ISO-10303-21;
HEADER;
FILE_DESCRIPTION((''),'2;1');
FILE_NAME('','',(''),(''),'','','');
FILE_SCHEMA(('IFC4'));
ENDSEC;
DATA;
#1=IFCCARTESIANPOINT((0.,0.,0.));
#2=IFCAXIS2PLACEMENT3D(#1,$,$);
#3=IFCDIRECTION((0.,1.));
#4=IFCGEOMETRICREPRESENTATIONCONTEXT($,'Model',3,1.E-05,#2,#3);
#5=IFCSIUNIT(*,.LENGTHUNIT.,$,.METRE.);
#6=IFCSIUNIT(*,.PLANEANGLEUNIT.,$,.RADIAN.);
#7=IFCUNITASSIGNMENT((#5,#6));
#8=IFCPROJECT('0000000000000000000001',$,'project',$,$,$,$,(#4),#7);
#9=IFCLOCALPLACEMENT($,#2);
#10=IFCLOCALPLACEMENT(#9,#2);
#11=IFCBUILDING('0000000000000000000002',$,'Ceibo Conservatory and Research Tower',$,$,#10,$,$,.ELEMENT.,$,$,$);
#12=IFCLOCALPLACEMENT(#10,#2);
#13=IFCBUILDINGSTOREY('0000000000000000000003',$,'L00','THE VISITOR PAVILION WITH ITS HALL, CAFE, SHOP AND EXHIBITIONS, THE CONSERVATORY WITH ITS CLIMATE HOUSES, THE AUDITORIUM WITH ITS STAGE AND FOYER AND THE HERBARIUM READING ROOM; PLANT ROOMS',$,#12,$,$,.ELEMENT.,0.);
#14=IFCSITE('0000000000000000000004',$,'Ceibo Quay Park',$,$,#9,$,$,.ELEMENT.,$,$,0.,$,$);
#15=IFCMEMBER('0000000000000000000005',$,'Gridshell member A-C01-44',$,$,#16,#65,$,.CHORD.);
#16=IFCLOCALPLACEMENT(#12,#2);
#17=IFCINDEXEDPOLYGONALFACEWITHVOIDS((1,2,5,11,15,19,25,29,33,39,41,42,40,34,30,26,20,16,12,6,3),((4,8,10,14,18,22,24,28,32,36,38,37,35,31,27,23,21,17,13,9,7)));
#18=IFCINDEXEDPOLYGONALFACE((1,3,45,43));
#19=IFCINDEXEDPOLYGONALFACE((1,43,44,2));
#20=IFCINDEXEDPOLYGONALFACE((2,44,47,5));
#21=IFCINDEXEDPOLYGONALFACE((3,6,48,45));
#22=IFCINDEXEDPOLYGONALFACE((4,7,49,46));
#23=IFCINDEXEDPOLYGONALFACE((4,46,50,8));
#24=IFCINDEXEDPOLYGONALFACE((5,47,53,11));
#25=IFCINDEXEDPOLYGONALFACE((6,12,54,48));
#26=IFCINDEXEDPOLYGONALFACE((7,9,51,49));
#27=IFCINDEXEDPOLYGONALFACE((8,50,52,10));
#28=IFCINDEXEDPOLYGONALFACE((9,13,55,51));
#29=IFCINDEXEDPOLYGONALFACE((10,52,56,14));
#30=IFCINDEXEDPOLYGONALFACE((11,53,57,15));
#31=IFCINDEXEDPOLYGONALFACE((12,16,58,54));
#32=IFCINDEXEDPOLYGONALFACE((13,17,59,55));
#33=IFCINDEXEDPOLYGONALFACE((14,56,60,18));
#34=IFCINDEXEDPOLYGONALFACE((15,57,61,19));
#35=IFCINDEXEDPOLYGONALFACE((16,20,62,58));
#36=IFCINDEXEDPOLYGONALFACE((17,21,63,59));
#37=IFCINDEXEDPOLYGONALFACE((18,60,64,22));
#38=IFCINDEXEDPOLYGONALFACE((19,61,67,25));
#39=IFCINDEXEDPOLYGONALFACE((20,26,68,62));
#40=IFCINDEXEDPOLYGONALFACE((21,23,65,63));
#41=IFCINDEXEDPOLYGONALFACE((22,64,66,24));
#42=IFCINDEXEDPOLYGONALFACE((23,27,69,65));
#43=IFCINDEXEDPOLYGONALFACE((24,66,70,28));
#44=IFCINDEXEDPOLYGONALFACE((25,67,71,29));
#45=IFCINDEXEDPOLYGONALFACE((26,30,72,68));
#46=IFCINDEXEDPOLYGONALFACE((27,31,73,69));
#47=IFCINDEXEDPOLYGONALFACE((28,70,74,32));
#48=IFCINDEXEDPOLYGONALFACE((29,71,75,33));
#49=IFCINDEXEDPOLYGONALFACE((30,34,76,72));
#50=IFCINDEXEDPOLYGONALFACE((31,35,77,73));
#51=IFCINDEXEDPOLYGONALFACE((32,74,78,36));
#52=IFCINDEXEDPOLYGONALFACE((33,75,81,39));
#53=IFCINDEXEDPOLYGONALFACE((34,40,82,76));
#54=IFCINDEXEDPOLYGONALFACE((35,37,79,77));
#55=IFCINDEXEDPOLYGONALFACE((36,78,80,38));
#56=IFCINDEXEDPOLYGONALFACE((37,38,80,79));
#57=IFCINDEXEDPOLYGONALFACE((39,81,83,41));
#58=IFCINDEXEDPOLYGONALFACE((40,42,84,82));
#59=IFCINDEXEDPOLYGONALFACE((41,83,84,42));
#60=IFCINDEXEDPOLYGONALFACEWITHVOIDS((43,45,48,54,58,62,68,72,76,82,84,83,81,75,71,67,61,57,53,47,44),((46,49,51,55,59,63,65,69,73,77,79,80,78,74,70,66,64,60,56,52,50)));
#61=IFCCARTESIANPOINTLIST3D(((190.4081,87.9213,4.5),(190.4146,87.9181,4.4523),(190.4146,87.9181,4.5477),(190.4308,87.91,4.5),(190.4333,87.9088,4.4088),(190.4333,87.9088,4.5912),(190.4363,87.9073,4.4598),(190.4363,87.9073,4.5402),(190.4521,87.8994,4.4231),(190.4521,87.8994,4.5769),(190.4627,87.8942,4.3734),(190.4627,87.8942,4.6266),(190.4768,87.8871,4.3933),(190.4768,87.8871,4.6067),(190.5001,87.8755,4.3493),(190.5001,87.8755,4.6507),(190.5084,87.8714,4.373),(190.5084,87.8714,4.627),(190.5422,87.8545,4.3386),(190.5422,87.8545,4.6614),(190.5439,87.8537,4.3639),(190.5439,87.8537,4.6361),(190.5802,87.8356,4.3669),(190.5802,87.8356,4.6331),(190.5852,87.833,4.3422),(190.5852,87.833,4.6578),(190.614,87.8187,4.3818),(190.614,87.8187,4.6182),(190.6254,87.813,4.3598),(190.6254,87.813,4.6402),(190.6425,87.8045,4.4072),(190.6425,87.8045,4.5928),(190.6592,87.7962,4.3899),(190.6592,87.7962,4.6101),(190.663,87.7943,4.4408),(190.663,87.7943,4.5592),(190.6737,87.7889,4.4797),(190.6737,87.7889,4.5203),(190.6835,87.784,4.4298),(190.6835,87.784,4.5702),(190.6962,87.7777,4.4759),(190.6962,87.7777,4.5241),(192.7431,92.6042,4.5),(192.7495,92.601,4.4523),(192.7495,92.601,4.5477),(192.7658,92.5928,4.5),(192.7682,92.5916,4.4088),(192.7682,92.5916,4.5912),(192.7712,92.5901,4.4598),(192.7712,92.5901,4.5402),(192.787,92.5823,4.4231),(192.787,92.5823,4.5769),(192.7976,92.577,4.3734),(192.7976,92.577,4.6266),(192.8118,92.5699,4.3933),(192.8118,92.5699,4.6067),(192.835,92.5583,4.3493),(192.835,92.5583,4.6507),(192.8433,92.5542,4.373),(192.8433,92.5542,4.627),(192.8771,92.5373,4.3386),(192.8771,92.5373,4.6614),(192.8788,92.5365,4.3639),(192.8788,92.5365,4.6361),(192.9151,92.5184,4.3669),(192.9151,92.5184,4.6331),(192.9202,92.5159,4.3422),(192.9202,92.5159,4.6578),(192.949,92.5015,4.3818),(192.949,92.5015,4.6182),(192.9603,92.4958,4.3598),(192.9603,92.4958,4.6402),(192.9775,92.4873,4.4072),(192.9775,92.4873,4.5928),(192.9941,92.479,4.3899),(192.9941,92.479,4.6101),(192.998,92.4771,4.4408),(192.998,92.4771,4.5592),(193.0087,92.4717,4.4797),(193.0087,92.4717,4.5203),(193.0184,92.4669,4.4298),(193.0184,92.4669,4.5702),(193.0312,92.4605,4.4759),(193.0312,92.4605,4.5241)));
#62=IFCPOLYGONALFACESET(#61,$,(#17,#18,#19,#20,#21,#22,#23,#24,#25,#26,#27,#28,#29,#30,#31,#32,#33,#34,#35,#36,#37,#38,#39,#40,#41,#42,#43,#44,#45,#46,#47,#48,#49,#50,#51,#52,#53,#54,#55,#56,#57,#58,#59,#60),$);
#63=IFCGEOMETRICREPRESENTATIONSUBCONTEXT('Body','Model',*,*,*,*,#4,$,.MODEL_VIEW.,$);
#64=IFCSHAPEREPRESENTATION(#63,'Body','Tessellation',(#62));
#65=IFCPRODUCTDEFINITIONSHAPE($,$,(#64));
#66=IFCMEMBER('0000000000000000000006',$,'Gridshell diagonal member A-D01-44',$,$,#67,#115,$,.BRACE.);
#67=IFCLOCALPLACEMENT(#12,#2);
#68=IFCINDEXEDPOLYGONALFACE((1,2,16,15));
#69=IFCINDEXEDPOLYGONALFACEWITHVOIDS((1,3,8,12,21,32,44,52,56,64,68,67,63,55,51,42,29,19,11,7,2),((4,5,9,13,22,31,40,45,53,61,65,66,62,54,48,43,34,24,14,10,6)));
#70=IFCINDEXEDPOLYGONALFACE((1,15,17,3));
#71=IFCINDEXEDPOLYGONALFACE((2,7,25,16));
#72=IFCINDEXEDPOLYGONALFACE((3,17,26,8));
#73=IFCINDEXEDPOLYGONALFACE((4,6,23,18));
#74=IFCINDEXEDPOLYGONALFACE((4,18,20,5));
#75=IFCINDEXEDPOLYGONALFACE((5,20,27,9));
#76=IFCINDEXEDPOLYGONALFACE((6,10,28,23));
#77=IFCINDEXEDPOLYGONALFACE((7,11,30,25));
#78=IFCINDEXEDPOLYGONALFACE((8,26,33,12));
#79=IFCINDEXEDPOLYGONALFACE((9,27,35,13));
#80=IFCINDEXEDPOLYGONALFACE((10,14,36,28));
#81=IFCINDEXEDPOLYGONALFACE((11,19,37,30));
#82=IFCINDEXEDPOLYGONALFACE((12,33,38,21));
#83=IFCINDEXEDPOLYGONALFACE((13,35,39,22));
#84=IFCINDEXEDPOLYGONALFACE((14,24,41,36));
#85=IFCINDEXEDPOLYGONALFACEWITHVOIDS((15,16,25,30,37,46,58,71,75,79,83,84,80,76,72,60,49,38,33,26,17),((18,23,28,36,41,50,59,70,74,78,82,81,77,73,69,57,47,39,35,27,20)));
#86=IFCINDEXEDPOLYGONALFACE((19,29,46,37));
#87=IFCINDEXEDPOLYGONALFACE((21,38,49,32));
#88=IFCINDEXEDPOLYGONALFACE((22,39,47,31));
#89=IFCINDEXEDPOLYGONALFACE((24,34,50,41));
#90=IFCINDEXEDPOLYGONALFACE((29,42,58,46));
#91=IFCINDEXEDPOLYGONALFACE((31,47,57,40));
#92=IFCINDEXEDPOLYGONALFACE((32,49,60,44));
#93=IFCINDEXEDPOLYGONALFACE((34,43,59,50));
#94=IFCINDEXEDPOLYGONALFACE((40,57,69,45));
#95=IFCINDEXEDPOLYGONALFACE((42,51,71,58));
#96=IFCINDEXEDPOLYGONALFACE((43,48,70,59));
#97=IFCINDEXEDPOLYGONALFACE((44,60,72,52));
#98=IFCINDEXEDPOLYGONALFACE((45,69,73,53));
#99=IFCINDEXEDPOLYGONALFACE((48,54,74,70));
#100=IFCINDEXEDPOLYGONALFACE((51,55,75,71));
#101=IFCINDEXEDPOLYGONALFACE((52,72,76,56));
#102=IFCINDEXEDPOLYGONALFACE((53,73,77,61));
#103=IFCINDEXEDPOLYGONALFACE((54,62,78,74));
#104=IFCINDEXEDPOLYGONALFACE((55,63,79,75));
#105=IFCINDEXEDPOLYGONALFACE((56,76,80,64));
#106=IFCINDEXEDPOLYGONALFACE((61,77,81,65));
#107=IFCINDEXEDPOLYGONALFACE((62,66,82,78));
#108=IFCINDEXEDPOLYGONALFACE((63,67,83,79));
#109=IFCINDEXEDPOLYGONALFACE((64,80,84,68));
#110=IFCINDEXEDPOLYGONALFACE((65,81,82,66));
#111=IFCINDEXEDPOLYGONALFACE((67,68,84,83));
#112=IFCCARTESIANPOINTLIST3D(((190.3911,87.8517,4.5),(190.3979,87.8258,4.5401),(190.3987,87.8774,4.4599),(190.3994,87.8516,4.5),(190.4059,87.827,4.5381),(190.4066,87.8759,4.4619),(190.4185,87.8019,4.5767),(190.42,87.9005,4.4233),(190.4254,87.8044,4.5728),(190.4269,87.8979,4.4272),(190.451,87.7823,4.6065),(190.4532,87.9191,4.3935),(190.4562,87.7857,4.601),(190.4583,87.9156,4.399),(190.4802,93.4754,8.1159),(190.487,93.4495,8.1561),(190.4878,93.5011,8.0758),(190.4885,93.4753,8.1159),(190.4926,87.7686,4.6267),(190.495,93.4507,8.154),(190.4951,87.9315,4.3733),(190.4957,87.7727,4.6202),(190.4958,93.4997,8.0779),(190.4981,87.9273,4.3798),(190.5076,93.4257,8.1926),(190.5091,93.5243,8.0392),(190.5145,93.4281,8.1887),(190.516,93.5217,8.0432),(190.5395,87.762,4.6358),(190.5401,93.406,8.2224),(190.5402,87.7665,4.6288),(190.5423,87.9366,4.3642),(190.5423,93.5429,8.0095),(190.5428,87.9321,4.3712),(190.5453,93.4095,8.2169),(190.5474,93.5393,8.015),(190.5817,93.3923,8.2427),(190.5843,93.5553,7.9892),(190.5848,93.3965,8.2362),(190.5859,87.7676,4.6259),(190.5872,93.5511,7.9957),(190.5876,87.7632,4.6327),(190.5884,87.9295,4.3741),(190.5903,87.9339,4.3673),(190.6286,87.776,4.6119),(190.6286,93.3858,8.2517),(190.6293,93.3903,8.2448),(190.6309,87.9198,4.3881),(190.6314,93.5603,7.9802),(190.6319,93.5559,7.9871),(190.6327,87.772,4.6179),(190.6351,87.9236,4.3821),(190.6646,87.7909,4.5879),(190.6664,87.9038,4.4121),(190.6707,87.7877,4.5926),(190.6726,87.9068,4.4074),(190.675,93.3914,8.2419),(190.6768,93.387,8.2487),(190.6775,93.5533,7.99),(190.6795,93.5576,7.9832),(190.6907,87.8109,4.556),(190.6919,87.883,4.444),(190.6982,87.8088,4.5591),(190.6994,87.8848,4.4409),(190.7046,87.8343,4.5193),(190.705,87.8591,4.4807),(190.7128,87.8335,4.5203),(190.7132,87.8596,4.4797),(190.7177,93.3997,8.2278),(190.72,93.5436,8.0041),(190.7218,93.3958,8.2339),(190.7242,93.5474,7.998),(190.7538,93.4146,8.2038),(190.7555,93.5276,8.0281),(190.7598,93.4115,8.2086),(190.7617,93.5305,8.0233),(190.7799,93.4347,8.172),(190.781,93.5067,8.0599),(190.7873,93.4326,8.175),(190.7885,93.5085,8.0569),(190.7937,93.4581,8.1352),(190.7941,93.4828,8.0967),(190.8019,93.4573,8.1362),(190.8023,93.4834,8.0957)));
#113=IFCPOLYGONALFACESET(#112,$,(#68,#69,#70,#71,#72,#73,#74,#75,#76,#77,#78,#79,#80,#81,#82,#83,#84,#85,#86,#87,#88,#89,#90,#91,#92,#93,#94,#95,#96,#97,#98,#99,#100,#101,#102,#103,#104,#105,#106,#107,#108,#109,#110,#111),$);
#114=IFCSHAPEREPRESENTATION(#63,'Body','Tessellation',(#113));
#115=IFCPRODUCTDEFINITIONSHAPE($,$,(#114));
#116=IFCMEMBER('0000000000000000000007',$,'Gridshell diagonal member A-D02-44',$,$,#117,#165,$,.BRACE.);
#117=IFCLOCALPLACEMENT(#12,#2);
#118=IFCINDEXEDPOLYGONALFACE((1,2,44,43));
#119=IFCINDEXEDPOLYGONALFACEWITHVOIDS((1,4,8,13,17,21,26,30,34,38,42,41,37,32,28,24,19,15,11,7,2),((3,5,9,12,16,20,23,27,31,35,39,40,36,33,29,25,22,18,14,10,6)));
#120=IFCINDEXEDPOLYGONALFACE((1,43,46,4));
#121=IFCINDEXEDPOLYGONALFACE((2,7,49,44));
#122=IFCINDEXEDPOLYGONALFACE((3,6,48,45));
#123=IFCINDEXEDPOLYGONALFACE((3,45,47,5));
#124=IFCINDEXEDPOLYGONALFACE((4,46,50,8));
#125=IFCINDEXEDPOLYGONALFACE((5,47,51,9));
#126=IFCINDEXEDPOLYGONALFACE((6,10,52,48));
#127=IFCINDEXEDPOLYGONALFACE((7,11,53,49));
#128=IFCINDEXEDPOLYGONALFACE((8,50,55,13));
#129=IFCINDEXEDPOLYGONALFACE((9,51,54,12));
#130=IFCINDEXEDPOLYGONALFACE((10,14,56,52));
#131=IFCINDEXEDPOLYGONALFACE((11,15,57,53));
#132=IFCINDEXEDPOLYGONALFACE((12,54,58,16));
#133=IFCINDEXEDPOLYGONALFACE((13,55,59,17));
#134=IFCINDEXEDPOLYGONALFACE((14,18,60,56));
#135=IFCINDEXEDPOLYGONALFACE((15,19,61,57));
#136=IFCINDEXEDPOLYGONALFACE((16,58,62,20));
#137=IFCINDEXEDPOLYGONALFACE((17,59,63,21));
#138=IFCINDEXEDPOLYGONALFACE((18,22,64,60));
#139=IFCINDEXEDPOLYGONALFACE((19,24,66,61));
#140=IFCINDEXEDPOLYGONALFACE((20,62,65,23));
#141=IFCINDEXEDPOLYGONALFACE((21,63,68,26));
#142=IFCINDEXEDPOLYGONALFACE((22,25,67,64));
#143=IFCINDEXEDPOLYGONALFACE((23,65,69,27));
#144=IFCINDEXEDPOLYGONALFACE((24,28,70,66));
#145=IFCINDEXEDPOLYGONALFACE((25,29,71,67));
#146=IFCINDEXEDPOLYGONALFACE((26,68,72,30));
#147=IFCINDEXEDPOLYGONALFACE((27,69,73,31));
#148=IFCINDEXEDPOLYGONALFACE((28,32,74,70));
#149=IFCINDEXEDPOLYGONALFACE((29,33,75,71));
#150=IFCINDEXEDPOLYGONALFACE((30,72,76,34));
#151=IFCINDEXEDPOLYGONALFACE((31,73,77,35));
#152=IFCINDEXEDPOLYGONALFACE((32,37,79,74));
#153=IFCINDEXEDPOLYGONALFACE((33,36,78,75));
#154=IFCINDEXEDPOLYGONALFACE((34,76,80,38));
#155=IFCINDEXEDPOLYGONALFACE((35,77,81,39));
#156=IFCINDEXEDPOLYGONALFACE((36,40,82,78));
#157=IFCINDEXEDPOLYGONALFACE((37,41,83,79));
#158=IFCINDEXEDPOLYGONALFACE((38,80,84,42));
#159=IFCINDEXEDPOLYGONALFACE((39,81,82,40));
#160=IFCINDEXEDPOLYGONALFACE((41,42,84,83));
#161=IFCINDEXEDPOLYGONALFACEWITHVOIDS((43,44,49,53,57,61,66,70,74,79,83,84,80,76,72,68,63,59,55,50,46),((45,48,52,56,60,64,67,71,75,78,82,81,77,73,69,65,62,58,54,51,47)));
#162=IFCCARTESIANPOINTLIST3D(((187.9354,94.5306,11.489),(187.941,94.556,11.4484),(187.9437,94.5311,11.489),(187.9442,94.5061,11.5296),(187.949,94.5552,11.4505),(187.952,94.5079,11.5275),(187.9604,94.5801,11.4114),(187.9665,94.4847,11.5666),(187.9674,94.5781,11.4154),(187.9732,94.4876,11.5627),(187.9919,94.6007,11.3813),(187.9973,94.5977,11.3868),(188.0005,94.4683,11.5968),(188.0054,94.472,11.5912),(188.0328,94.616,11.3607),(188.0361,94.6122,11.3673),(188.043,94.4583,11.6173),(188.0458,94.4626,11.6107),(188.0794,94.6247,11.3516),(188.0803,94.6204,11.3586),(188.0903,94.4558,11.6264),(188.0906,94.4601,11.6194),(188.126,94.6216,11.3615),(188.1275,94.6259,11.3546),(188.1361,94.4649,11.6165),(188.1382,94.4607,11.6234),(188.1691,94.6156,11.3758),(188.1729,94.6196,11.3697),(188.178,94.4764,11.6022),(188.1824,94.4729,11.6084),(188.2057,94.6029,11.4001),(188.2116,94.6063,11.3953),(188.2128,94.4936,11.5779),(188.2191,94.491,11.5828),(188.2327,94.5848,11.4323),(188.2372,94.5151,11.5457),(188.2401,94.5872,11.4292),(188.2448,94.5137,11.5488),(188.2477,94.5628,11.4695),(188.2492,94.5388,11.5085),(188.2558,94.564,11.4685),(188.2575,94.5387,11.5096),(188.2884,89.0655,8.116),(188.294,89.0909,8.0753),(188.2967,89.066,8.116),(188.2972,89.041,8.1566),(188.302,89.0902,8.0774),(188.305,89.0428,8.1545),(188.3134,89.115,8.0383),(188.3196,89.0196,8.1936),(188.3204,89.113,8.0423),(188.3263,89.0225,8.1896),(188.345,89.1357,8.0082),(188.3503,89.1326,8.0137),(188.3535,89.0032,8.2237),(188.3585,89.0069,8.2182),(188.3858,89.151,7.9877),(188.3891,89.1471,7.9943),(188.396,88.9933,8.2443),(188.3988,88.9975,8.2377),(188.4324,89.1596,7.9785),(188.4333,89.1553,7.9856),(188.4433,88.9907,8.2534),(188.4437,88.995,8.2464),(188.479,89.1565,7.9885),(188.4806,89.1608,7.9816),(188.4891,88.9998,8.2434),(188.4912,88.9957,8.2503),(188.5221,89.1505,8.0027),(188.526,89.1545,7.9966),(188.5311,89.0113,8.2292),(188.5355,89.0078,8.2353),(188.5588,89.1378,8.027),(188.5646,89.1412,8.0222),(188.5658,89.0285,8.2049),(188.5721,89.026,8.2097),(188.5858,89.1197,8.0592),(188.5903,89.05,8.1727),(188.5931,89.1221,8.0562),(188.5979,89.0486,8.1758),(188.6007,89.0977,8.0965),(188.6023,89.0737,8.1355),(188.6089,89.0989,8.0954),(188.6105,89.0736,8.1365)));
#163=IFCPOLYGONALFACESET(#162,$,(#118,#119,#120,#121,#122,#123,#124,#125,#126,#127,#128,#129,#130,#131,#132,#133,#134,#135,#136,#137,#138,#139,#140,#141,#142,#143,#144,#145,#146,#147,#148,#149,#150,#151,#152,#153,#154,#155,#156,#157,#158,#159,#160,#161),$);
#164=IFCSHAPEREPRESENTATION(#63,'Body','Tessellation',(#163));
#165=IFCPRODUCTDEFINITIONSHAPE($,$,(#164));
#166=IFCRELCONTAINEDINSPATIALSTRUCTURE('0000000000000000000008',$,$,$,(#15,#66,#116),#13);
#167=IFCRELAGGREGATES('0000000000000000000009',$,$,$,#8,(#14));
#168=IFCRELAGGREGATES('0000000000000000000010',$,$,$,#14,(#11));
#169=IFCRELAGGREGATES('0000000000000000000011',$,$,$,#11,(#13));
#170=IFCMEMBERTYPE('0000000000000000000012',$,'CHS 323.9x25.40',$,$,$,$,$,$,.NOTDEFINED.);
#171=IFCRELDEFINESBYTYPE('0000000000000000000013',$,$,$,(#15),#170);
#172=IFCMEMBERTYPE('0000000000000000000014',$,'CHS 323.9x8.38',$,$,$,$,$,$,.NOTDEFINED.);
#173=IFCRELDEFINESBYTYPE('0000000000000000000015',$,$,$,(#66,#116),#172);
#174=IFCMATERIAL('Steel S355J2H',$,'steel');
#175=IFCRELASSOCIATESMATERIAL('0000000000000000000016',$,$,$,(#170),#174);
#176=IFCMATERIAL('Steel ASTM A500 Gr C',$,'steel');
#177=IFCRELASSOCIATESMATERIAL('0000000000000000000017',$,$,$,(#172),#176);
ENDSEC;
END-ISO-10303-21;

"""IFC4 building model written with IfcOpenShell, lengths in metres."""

from ifc_helpers import new_model, si_unit, direction, frame, origin, origin_2d, place, context, subcontext, project, spatial, hollow_circle, extrude, material, material_profile, profile_set, type_object, element, save


model = new_model("IFC4")

# Units and contexts
model_context = context("Model", 3, precision=1e-05, world=origin(), true_north=direction((0.0, 1.0)))
body_context = subcontext(model_context, "Body", "Model", "MODEL_VIEW")
ifc_project = project(units=[si_unit("LENGTHUNIT", "METRE"), si_unit("PLANEANGLEUNIT", "RADIAN")], contexts=[model_context])

# Site, building, storey
site_placement = place(None, origin())
site = spatial("IfcSite", under=ifc_project, at=site_placement, Name="Ceibo Quay Park", CompositionType="ELEMENT", RefElevation=0.0)
building_placement = place(site_placement, origin())
building = spatial("IfcBuilding", under=site, at=building_placement, Name="Ceibo Conservatory and Research Tower", CompositionType="ELEMENT")
storey_placement = place(building_placement, origin())
storey = spatial("IfcBuildingStorey", under=building, at=storey_placement, Name="L00", Description="THE VISITOR PAVILION WITH ITS HALL, CAFE, SHOP AND EXHIBITIONS, THE CONSERVATORY WITH ITS CLIMATE HOUSES, THE AUDITORIUM WITH ITS STAGE AND FOYER AND THE HERBARIUM READING ROOM; PLANT ROOMS", CompositionType="ELEMENT", Elevation=0.0)

# Members
ifc_material_1 = material(Name="Steel ASTM A500 Gr C", Category="steel")
ifc_material_2 = material(Name="Steel S355J2H", Category="steel")
ifc_material_profile_1 = material_profile(ifc_material_2, hollow_circle(Radius=0.1619, WallThickness=0.0254, at=origin_2d()), Name="CHS 323.9x25.40")
ifc_profile_set_1 = profile_set([ifc_material_profile_1], Name="Steel S355J2H")
member_type_1 = type_object("IfcMemberType", Name="CHS 323.9x25.40", PredefinedType="NOTDEFINED", material=ifc_profile_set_1)
member_1_placement = place(storey_placement, frame((190.553, 87.8491, 4.5), z_axis=(0.446224, 0.894921, 0.0), x_axis=(-0.894921, 0.446224, 0.0)))
element("IfcMember", 1, at=member_1_placement, inside=storey, type_object=member_type_1, Name="Gridshell member A-C01-44", PredefinedType="CHORD", context=body_context, shape_type="SweptSolid", body=[
    extrude(hollow_circle(Radius=0.1619, WallThickness=0.0254, at=origin_2d()), origin(), (0.0, 0.0, 1.0), 5.2327),
])
ifc_material_profile_2 = material_profile(ifc_material_1, hollow_circle(Radius=0.1619, WallThickness=0.0083, at=origin_2d()), Name="CHS 323.9x8.38")
ifc_profile_set_2 = profile_set([ifc_material_profile_2], Name="Steel ASTM A500 Gr C")
member_type_2 = type_object("IfcMemberType", Name="CHS 323.9x8.38", PredefinedType="NOTDEFINED", material=ifc_profile_set_2)
member_2_placement = place(storey_placement, frame((190.553, 87.8491, 4.5), z_axis=(0.013327, 0.841058, 0.540782), x_axis=(-0.999874, 0.015843, 0.0)))
element("IfcMember", 2, at=member_2_placement, inside=storey, type_object=member_type_2, Name="Gridshell diagonal member A-D01-44", PredefinedType="BRACE", context=body_context, shape_type="SweptSolid", body=[
    extrude(hollow_circle(Radius=0.1619, WallThickness=0.0083, at=origin_2d()), origin(), (0.0, 0.0, 1.0), 6.6865),
])
member_3_placement = place(storey_placement, frame((188.45, 89.0759, 8.116), z_axis=(-0.054887, 0.849686, 0.524425), x_axis=(-0.99792, -0.064462, 0.0)))
element("IfcMember", 3, at=member_3_placement, inside=storey, type_object=member_type_2, Name="Gridshell diagonal member A-D02-44", PredefinedType="BRACE", context=body_context, shape_type="SweptSolid", body=[
    extrude(hollow_circle(Radius=0.1619, WallThickness=0.0083, at=origin_2d()), origin(), (0.0, 0.0, 1.0), 6.4319),
])

save(model, "model.ifc")
